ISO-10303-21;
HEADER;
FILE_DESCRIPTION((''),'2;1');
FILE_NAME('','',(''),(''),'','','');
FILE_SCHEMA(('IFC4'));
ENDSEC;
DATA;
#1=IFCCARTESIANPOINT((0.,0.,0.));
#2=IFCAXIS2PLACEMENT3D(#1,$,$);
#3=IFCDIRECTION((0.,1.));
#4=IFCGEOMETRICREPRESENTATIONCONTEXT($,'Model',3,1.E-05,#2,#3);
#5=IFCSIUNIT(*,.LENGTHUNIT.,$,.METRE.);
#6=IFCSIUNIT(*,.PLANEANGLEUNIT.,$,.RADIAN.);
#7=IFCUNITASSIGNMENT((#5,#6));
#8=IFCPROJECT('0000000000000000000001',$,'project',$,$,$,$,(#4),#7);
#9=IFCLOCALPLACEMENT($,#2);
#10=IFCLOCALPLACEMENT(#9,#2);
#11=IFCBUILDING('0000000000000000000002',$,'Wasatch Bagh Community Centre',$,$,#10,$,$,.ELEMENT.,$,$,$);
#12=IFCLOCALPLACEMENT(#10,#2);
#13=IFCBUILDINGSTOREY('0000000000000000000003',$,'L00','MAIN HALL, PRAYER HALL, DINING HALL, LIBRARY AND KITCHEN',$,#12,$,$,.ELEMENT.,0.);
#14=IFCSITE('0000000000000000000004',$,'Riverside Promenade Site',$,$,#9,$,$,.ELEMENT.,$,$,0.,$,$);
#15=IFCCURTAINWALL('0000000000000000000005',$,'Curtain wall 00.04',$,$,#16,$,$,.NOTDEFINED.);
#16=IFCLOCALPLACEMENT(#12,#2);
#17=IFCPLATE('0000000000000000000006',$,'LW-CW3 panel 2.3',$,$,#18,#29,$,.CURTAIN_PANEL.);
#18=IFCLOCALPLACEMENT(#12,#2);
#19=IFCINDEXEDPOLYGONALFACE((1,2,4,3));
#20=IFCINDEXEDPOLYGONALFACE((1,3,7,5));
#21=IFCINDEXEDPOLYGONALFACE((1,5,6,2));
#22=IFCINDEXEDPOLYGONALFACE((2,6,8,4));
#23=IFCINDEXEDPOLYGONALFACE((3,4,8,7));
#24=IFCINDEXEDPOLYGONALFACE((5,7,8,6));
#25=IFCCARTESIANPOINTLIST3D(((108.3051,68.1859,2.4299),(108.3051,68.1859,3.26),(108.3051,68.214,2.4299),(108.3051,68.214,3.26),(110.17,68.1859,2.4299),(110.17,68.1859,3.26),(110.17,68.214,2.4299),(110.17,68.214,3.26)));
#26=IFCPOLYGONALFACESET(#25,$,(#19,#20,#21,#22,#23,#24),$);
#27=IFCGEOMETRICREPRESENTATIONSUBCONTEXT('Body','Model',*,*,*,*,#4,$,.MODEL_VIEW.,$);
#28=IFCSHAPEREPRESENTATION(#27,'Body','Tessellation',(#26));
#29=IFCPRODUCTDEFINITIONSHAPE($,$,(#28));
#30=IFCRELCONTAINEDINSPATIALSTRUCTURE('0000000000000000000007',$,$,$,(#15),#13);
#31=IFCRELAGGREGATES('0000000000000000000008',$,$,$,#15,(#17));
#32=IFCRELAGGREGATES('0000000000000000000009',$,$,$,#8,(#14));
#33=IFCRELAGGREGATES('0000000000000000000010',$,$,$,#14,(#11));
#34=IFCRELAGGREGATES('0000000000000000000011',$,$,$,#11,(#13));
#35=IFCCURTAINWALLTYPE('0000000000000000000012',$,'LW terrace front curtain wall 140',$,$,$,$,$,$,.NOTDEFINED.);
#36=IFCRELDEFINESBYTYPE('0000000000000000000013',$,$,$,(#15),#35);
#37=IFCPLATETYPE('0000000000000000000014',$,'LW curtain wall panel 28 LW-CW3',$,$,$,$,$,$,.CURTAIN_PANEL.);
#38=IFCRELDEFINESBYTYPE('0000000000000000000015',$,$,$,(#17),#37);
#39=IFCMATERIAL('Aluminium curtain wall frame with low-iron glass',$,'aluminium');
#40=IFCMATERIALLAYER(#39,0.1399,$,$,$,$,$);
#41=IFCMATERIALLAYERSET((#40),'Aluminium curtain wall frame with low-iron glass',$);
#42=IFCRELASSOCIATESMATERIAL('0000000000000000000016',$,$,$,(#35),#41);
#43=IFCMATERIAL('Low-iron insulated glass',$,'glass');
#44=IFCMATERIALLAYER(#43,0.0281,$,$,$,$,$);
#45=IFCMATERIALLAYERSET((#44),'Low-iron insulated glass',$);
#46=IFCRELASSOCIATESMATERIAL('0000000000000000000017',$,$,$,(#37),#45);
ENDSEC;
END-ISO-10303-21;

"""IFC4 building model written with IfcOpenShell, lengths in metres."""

from ifc_helpers import new_model, si_unit, direction, frame, origin, origin_2d, place, context, subcontext, project, spatial, rectangle, extrude, material, layer, layer_set, type_object, element, aggregate, save


model = new_model("IFC4")

# Units and contexts
model_context = context("Model", 3, precision=1e-05, world=origin(), true_north=direction((0.0, 1.0)))
body_context = subcontext(model_context, "Body", "Model", "MODEL_VIEW")
ifc_project = project(units=[si_unit("LENGTHUNIT", "METRE"), si_unit("PLANEANGLEUNIT", "RADIAN")], contexts=[model_context])

# Site, building, storey
site_placement = place(None, origin())
site = spatial("IfcSite", under=ifc_project, at=site_placement, Name="Riverside Promenade Site", CompositionType="ELEMENT", RefElevation=0.0)
building_placement = place(site_placement, origin())
building = spatial("IfcBuilding", under=site, at=building_placement, Name="Wasatch Bagh Community Centre", CompositionType="ELEMENT")
storey_placement = place(building_placement, origin())
storey = spatial("IfcBuildingStorey", under=building, at=storey_placement, Name="L00", Description="MAIN HALL, PRAYER HALL, DINING HALL, LIBRARY AND KITCHEN", CompositionType="ELEMENT", Elevation=0.0)

# Curtain wall
ifc_material_1 = material(Name="Aluminium curtain wall frame with low-iron glass", Category="aluminium")
ifc_layer_1 = layer(ifc_material_1, 0.1399)
ifc_layer_set_1 = layer_set([ifc_layer_1], Name="Aluminium curtain wall frame with low-iron glass")
curtain_wall_type = type_object("IfcCurtainWallType", Name="LW terrace front curtain wall 140", PredefinedType="NOTDEFINED", material=ifc_layer_set_1)
curtain_wall_placement = place(storey_placement, origin())
curtain_wall = element("IfcCurtainWall", 1, at=curtain_wall_placement, inside=storey, type_object=curtain_wall_type, Name="Curtain wall 00.04", PredefinedType="NOTDEFINED")

# Plate
ifc_material_2 = material(Name="Low-iron insulated glass", Category="glass")
ifc_layer_2 = layer(ifc_material_2, 0.0281)
ifc_layer_set_2 = layer_set([ifc_layer_2], Name="Low-iron insulated glass")
plate_type = type_object("IfcPlateType", Name="LW curtain wall panel 28 LW-CW3", PredefinedType="CURTAIN_PANEL", material=ifc_layer_set_2)
plate_1_placement = place(storey_placement, frame((109.2375, 68.2, 2.4299), z_axis=(0.0, 0.0, 1.0), x_axis=(1.0, 0.0, 0.0)))
plate_1 = element("IfcPlate", 2, at=plate_1_placement, type_object=plate_type, Name="LW-CW3 panel 2.3", PredefinedType="CURTAIN_PANEL", context=body_context, shape_type="SweptSolid", body=[
    extrude(rectangle(XDim=1.865, YDim=0.0281, at=origin_2d()), origin(), (0.0, 0.0, 1.0), 0.8301),
])
aggregate(curtain_wall, [plate_1])

save(model, "model.ifc")
